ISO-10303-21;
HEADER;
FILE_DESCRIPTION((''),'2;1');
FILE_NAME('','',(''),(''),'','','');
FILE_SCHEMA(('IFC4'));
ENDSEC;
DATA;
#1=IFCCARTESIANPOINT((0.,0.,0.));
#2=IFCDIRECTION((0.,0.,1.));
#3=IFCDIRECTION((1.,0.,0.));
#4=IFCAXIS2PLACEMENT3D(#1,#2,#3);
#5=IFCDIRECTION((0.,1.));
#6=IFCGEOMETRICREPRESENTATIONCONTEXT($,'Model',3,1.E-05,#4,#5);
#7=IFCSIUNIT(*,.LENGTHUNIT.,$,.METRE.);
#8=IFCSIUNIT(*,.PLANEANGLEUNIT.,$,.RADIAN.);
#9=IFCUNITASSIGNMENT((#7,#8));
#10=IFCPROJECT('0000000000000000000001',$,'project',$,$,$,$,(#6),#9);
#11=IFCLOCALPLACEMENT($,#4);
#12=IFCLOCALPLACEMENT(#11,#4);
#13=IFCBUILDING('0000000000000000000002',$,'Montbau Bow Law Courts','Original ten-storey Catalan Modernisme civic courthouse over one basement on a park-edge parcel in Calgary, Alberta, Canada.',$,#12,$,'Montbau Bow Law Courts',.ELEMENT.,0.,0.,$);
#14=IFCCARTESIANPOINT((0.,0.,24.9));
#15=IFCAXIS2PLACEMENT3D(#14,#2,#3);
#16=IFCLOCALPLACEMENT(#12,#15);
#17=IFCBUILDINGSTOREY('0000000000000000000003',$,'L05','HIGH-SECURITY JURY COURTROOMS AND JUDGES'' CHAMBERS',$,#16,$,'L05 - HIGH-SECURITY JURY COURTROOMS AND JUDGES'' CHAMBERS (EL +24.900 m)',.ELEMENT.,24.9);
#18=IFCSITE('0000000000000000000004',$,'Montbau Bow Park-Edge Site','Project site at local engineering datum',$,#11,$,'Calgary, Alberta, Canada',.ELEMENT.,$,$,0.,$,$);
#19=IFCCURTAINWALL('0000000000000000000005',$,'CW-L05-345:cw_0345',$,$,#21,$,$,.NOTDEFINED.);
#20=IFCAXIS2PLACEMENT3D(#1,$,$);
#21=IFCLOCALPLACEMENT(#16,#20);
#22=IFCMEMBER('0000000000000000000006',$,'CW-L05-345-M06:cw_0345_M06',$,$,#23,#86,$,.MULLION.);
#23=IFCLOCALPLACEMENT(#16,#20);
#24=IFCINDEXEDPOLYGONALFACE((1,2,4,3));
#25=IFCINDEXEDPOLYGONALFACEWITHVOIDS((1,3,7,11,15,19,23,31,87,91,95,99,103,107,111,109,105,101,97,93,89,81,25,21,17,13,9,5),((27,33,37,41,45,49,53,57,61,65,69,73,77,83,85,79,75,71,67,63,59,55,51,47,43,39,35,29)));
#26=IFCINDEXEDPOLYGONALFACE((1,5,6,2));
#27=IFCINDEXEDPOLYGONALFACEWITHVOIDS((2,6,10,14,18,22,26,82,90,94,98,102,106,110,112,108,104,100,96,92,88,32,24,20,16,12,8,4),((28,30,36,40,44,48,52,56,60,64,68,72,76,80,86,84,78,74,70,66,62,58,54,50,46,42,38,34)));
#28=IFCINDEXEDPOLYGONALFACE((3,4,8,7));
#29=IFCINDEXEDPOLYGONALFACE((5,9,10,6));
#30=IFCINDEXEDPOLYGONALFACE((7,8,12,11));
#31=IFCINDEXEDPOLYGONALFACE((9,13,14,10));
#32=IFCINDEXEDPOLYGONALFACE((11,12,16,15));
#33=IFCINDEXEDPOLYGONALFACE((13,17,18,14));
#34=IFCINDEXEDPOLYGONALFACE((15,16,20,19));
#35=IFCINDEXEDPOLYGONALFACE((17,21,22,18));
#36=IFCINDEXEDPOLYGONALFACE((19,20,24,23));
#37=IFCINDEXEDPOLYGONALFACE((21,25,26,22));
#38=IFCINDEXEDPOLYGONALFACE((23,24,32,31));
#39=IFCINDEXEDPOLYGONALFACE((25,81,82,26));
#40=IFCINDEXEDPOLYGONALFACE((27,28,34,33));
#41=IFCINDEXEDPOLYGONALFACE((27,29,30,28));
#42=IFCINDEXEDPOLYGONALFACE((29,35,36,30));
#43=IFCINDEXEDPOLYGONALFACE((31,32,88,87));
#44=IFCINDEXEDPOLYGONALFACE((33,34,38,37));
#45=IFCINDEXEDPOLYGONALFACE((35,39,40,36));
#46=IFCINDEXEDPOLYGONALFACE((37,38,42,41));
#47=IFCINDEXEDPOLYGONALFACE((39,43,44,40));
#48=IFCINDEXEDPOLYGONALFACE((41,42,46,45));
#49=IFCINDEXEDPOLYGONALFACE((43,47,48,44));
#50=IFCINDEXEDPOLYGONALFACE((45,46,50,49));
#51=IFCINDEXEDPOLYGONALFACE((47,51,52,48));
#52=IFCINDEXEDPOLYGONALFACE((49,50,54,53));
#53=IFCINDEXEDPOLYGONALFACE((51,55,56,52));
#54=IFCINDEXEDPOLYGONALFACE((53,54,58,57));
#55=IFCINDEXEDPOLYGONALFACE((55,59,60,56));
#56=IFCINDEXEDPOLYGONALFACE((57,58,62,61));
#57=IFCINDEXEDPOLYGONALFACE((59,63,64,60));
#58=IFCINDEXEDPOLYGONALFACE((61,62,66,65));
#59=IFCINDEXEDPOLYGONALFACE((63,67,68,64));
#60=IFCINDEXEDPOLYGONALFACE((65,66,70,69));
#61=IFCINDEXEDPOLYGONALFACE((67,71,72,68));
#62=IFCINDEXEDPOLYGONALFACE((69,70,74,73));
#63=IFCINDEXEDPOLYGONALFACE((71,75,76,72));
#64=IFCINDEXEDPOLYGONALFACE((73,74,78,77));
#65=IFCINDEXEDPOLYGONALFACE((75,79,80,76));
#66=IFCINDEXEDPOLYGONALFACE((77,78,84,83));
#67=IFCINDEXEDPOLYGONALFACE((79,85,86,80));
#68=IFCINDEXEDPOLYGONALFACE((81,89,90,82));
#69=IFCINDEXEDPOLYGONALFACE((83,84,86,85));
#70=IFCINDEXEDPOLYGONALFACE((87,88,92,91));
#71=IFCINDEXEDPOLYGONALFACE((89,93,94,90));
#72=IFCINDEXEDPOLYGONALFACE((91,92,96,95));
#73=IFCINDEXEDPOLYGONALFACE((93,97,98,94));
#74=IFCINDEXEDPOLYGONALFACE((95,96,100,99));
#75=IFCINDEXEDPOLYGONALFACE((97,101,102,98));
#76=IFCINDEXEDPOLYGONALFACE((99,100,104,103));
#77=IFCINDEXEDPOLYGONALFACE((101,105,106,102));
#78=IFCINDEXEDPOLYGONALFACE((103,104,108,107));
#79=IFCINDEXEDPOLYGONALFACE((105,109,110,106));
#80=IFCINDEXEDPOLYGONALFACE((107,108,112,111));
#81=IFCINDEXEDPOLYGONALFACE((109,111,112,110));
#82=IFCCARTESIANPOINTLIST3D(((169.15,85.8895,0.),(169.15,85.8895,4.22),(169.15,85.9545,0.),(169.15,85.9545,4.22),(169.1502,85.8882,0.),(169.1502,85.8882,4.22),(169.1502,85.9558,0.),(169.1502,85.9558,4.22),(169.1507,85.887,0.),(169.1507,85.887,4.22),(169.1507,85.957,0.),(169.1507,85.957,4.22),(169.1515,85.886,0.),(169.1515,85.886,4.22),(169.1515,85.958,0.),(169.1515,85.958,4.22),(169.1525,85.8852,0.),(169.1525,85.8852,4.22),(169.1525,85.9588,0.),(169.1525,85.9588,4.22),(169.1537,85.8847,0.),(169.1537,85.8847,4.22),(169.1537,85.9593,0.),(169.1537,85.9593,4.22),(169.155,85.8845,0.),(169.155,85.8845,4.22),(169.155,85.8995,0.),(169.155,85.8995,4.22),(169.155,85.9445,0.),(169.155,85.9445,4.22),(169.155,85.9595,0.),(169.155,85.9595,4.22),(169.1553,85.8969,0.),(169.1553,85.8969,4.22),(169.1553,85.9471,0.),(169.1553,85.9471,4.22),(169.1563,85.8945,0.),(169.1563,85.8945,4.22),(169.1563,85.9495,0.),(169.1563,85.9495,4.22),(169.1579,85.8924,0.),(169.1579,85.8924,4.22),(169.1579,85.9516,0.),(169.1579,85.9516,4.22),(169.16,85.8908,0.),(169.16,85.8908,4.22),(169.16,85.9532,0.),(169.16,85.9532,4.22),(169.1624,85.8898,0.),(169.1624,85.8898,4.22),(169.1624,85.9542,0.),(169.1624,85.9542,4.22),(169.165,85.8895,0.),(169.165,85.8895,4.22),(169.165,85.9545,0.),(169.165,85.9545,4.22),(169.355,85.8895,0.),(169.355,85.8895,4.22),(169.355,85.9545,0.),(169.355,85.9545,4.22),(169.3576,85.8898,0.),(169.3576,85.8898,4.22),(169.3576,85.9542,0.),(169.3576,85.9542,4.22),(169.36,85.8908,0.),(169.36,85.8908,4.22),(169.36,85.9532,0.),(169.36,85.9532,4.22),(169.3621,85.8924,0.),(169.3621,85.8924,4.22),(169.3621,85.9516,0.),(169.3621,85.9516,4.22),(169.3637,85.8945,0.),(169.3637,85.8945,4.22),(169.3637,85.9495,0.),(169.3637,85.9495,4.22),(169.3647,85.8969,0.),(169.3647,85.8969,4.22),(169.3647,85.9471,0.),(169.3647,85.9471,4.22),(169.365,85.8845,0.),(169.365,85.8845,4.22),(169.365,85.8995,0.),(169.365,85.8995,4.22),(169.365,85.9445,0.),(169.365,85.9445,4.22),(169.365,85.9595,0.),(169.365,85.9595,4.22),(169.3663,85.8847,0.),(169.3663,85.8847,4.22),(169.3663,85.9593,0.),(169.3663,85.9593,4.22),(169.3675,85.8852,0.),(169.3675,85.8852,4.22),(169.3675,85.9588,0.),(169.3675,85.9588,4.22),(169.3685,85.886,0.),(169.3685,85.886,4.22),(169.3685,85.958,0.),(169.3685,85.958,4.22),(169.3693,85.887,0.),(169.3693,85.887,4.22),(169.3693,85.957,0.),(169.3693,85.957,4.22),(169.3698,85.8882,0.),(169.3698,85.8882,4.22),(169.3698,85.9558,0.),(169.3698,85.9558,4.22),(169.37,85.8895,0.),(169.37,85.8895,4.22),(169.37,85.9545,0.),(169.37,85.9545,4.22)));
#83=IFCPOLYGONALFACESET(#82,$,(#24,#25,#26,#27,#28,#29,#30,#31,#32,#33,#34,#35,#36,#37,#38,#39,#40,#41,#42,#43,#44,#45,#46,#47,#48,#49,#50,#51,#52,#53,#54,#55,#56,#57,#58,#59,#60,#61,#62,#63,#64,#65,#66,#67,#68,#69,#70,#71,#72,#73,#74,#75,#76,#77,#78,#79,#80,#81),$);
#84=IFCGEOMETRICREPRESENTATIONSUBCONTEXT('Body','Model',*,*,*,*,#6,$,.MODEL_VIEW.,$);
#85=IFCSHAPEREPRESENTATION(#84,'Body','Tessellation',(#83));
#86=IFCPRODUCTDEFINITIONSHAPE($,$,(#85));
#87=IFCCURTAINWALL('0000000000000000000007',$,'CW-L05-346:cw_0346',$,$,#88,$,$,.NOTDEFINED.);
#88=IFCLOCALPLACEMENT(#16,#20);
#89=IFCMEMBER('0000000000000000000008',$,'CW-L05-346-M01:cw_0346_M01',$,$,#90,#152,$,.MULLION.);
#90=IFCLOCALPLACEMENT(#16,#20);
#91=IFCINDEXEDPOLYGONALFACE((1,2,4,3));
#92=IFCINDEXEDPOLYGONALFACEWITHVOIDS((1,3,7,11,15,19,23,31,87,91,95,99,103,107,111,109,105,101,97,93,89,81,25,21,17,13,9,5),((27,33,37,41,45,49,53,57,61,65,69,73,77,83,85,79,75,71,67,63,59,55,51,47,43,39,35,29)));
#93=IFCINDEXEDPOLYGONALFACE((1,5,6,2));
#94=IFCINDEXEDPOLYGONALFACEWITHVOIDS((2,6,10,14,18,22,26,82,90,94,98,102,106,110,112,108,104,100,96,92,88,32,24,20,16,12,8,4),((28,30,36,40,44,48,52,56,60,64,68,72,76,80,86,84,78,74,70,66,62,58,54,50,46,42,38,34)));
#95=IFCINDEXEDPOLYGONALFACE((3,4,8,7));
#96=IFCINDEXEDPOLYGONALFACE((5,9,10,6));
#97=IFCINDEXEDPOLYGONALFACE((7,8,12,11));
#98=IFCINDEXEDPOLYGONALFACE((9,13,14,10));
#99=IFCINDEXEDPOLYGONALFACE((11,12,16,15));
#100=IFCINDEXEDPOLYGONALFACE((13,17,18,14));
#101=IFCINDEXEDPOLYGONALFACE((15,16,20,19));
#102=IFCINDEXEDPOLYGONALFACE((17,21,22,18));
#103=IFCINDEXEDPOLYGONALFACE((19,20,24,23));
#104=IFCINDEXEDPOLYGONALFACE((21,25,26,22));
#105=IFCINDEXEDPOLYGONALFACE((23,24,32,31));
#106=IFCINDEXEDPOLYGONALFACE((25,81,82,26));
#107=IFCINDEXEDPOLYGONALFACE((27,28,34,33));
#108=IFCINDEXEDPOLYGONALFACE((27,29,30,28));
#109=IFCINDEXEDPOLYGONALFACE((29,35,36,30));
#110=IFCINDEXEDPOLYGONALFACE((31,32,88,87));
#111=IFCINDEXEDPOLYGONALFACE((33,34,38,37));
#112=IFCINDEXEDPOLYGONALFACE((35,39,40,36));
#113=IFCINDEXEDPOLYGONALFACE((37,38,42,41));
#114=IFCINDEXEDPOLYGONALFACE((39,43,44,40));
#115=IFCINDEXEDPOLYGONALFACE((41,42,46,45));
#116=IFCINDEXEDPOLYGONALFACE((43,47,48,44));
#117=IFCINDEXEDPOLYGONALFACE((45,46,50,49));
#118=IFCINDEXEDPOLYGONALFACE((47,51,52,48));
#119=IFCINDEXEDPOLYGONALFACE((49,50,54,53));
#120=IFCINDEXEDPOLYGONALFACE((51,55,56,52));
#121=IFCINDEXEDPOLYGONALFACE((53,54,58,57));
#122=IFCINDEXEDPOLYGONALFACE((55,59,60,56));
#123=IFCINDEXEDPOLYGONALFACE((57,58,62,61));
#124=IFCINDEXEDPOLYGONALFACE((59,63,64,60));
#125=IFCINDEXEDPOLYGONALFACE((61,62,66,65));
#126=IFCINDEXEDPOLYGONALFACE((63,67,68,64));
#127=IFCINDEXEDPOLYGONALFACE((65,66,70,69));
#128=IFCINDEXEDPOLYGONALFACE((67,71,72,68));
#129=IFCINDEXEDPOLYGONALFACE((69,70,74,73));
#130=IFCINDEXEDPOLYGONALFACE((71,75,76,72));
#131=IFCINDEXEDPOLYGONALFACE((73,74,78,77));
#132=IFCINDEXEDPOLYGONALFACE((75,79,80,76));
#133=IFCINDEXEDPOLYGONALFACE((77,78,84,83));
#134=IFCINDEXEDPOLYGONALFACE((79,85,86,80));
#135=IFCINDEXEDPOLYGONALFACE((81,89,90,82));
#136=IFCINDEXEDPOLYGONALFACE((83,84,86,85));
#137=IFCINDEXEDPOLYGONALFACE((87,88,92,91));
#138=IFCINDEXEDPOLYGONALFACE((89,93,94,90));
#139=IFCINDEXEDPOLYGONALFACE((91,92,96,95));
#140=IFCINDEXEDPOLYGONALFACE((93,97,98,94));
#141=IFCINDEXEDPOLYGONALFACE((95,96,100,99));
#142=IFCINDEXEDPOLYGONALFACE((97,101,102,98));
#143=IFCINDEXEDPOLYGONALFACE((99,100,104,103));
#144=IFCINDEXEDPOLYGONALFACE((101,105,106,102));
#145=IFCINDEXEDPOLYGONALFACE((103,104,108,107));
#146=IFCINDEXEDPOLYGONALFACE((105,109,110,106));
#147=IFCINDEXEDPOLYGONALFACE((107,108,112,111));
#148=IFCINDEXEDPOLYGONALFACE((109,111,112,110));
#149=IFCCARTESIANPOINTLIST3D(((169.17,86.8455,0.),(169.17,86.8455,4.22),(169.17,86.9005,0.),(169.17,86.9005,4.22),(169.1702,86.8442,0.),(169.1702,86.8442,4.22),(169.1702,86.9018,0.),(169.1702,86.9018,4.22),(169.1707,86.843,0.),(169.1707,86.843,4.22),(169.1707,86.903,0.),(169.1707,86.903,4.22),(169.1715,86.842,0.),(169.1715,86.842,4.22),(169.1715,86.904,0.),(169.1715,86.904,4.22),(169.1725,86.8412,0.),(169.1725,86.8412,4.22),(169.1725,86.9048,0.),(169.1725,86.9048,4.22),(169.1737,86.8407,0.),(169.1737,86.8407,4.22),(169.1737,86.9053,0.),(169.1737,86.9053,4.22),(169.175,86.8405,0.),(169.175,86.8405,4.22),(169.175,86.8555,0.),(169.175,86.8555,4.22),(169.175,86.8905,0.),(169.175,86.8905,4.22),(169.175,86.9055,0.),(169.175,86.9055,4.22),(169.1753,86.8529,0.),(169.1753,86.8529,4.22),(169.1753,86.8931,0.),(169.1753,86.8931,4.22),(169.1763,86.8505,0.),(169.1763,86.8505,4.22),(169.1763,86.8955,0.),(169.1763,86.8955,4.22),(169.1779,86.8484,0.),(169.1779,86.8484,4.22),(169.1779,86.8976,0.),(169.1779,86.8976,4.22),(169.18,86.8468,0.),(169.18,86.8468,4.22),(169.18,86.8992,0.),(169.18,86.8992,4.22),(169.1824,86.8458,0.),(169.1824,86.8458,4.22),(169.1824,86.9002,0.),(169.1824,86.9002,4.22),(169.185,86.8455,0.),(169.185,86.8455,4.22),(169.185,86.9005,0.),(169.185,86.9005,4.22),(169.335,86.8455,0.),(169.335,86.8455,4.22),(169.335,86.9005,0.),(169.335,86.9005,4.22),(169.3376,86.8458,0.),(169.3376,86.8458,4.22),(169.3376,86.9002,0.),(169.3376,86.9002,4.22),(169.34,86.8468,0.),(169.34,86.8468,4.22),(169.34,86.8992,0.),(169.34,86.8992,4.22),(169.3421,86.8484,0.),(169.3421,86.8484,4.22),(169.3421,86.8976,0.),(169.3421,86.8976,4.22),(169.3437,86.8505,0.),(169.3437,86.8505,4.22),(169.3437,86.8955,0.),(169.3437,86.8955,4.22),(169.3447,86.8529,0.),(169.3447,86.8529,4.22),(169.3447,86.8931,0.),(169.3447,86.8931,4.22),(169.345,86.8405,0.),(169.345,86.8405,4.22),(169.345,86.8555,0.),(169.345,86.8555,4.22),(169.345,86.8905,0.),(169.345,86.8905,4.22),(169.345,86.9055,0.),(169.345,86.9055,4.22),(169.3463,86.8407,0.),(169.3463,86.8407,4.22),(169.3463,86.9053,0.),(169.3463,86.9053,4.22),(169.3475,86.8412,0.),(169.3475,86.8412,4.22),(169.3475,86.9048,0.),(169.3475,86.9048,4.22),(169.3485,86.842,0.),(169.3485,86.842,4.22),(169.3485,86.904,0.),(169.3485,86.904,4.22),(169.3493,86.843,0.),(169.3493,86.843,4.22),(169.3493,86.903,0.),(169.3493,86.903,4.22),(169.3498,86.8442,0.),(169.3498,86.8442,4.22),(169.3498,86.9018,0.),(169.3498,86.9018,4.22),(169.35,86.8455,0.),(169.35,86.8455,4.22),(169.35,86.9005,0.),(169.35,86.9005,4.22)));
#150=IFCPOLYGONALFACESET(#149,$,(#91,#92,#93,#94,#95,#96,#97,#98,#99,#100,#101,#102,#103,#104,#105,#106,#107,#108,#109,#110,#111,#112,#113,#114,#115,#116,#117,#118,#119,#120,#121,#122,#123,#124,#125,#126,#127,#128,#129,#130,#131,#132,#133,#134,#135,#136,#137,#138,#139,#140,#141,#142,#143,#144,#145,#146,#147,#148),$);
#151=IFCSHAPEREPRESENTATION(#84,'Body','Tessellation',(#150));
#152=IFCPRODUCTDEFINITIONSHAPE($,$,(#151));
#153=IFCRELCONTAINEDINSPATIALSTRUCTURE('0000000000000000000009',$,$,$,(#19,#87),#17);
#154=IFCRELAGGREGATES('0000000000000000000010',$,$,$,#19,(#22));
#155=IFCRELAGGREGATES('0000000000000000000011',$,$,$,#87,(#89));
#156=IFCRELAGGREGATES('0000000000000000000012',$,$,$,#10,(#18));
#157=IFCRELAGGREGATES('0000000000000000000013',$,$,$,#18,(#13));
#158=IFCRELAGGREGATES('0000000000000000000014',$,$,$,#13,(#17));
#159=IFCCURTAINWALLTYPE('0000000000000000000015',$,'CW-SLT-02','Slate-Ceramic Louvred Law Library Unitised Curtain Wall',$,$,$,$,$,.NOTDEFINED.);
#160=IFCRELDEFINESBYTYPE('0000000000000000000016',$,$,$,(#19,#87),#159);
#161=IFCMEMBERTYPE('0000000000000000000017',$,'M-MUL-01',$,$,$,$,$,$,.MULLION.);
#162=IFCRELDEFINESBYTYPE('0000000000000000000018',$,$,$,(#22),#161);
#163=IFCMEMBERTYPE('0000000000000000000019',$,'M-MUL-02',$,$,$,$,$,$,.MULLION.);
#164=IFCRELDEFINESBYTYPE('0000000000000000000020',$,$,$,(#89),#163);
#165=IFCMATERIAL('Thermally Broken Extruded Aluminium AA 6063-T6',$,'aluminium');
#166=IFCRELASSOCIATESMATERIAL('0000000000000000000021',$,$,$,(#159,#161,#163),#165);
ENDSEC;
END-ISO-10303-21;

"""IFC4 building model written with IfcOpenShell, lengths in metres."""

from ifc_helpers import new_model, si_unit, direction, frame, origin_with_axes, origin_2d_with_axis, place, context, subcontext, project, spatial, hollow_rectangle, extrude, material, material_profile, profile_set, type_object, element, aggregate, save


model = new_model("IFC4")

# Units and contexts
model_context = context("Model", 3, precision=1e-05, world=origin_with_axes(), true_north=direction((0.0, 1.0)))
body_context = subcontext(model_context, "Body", "Model", "MODEL_VIEW")
ifc_project = project(units=[si_unit("LENGTHUNIT", "METRE"), si_unit("PLANEANGLEUNIT", "RADIAN")], contexts=[model_context])

# Site, building, storey
site_placement = place(None, origin_with_axes())
site = spatial("IfcSite", under=ifc_project, at=site_placement, Name="Montbau Bow Park-Edge Site", Description="Project site at local engineering datum", LongName="Calgary, Alberta, Canada", CompositionType="ELEMENT", RefElevation=0.0)
building_placement = place(site_placement, origin_with_axes())
building = spatial("IfcBuilding", under=site, at=building_placement, Name="Montbau Bow Law Courts", Description="Original ten-storey Catalan Modernisme civic courthouse over one basement on a park-edge parcel in Calgary, Alberta, Canada.", LongName="Montbau Bow Law Courts", CompositionType="ELEMENT", ElevationOfRefHeight=0.0, ElevationOfTerrain=0.0)
storey_placement = place(building_placement, frame((0.0, 0.0, 24.9), z_axis=(0.0, 0.0, 1.0), x_axis=(1.0, 0.0, 0.0)))
storey = spatial("IfcBuildingStorey", under=building, at=storey_placement, Name="L05", Description="HIGH-SECURITY JURY COURTROOMS AND JUDGES' CHAMBERS", LongName="L05 - HIGH-SECURITY JURY COURTROOMS AND JUDGES' CHAMBERS (EL +24.900 m)", CompositionType="ELEMENT", Elevation=24.9)

# Curtain wall, member
ifc_material_1 = material(Name="Thermally Broken Extruded Aluminium AA 6063-T6", Category="aluminium")
curtain_wall_type = type_object("IfcCurtainWallType", Name="CW-SLT-02", Description="Slate-Ceramic Louvred Law Library Unitised Curtain Wall", PredefinedType="NOTDEFINED", material=ifc_material_1)
curtain_wall_1_placement = place(None, frame((169.26, 78.44, 24.9), z_axis=(0.0, 0.0, 1.0), x_axis=(1.0, 0.0, 0.0)))
curtain_wall_1 = element("IfcCurtainWall", 1, at=curtain_wall_1_placement, inside=storey, type_object=curtain_wall_type, Name="CW-L05-345:cw_0345", PredefinedType="NOTDEFINED")
ifc_material_profile_1 = material_profile(ifc_material_1, hollow_rectangle(XDim=0.075, YDim=0.22, WallThickness=0.005, InnerFilletRadius=0.01, OuterFilletRadius=0.005, at=origin_2d_with_axis()), Name="CWM-220X75", Category="Main", Priority=0)
ifc_profile_set_1 = profile_set([ifc_material_profile_1], Name="Thermally Broken Extruded Aluminium AA 6063-T6")
member_type_1 = type_object("IfcMemberType", Name="M-MUL-01", PredefinedType="MULLION", material=ifc_profile_set_1)
member_1_placement = place(None, frame((169.26, 85.922, 24.9), z_axis=(0.0, 0.0, 1.0), x_axis=(0.0, 1.0, 0.0)))
member_1 = element("IfcMember", 2, at=member_1_placement, type_object=member_type_1, Name="CW-L05-345-M06:cw_0345_M06", PredefinedType="MULLION", context=body_context, shape_type="SweptSolid", body=[
    extrude(hollow_rectangle(XDim=0.075, YDim=0.22, WallThickness=0.005, InnerFilletRadius=0.01, OuterFilletRadius=0.005, at=origin_2d_with_axis()), origin_with_axes(), (0.0, 0.0, 1.0), 4.22),
])

# Curtain wall, member
curtain_wall_2_placement = place(None, frame((169.26, 86.84, 24.9), z_axis=(0.0, 0.0, 1.0), x_axis=(1.0, 0.0, 0.0)))
curtain_wall_2 = element("IfcCurtainWall", 3, at=curtain_wall_2_placement, inside=storey, type_object=curtain_wall_type, Name="CW-L05-346:cw_0346", PredefinedType="NOTDEFINED")
ifc_material_profile_2 = material_profile(ifc_material_1, hollow_rectangle(XDim=0.065, YDim=0.18, WallThickness=0.005, InnerFilletRadius=0.01, OuterFilletRadius=0.005, at=origin_2d_with_axis()), Name="CWM-180X65", Category="Main", Priority=0)
ifc_profile_set_2 = profile_set([ifc_material_profile_2], Name="Thermally Broken Extruded Aluminium AA 6063-T6")
member_type_2 = type_object("IfcMemberType", Name="M-MUL-02", PredefinedType="MULLION", material=ifc_profile_set_2)
member_2_placement = place(None, frame((169.26, 86.873, 24.9), z_axis=(0.0, 0.0, 1.0), x_axis=(0.0, 1.0, 0.0)))
member_2 = element("IfcMember", 4, at=member_2_placement, type_object=member_type_2, Name="CW-L05-346-M01:cw_0346_M01", PredefinedType="MULLION", context=body_context, shape_type="SweptSolid", body=[
    extrude(hollow_rectangle(XDim=0.065, YDim=0.18, WallThickness=0.005, InnerFilletRadius=0.01, OuterFilletRadius=0.005, at=origin_2d_with_axis()), origin_with_axes(), (0.0, 0.0, 1.0), 4.22),
])

aggregate(curtain_wall_1, [member_1])
aggregate(curtain_wall_2, [member_2])

save(model, "model.ifc")
